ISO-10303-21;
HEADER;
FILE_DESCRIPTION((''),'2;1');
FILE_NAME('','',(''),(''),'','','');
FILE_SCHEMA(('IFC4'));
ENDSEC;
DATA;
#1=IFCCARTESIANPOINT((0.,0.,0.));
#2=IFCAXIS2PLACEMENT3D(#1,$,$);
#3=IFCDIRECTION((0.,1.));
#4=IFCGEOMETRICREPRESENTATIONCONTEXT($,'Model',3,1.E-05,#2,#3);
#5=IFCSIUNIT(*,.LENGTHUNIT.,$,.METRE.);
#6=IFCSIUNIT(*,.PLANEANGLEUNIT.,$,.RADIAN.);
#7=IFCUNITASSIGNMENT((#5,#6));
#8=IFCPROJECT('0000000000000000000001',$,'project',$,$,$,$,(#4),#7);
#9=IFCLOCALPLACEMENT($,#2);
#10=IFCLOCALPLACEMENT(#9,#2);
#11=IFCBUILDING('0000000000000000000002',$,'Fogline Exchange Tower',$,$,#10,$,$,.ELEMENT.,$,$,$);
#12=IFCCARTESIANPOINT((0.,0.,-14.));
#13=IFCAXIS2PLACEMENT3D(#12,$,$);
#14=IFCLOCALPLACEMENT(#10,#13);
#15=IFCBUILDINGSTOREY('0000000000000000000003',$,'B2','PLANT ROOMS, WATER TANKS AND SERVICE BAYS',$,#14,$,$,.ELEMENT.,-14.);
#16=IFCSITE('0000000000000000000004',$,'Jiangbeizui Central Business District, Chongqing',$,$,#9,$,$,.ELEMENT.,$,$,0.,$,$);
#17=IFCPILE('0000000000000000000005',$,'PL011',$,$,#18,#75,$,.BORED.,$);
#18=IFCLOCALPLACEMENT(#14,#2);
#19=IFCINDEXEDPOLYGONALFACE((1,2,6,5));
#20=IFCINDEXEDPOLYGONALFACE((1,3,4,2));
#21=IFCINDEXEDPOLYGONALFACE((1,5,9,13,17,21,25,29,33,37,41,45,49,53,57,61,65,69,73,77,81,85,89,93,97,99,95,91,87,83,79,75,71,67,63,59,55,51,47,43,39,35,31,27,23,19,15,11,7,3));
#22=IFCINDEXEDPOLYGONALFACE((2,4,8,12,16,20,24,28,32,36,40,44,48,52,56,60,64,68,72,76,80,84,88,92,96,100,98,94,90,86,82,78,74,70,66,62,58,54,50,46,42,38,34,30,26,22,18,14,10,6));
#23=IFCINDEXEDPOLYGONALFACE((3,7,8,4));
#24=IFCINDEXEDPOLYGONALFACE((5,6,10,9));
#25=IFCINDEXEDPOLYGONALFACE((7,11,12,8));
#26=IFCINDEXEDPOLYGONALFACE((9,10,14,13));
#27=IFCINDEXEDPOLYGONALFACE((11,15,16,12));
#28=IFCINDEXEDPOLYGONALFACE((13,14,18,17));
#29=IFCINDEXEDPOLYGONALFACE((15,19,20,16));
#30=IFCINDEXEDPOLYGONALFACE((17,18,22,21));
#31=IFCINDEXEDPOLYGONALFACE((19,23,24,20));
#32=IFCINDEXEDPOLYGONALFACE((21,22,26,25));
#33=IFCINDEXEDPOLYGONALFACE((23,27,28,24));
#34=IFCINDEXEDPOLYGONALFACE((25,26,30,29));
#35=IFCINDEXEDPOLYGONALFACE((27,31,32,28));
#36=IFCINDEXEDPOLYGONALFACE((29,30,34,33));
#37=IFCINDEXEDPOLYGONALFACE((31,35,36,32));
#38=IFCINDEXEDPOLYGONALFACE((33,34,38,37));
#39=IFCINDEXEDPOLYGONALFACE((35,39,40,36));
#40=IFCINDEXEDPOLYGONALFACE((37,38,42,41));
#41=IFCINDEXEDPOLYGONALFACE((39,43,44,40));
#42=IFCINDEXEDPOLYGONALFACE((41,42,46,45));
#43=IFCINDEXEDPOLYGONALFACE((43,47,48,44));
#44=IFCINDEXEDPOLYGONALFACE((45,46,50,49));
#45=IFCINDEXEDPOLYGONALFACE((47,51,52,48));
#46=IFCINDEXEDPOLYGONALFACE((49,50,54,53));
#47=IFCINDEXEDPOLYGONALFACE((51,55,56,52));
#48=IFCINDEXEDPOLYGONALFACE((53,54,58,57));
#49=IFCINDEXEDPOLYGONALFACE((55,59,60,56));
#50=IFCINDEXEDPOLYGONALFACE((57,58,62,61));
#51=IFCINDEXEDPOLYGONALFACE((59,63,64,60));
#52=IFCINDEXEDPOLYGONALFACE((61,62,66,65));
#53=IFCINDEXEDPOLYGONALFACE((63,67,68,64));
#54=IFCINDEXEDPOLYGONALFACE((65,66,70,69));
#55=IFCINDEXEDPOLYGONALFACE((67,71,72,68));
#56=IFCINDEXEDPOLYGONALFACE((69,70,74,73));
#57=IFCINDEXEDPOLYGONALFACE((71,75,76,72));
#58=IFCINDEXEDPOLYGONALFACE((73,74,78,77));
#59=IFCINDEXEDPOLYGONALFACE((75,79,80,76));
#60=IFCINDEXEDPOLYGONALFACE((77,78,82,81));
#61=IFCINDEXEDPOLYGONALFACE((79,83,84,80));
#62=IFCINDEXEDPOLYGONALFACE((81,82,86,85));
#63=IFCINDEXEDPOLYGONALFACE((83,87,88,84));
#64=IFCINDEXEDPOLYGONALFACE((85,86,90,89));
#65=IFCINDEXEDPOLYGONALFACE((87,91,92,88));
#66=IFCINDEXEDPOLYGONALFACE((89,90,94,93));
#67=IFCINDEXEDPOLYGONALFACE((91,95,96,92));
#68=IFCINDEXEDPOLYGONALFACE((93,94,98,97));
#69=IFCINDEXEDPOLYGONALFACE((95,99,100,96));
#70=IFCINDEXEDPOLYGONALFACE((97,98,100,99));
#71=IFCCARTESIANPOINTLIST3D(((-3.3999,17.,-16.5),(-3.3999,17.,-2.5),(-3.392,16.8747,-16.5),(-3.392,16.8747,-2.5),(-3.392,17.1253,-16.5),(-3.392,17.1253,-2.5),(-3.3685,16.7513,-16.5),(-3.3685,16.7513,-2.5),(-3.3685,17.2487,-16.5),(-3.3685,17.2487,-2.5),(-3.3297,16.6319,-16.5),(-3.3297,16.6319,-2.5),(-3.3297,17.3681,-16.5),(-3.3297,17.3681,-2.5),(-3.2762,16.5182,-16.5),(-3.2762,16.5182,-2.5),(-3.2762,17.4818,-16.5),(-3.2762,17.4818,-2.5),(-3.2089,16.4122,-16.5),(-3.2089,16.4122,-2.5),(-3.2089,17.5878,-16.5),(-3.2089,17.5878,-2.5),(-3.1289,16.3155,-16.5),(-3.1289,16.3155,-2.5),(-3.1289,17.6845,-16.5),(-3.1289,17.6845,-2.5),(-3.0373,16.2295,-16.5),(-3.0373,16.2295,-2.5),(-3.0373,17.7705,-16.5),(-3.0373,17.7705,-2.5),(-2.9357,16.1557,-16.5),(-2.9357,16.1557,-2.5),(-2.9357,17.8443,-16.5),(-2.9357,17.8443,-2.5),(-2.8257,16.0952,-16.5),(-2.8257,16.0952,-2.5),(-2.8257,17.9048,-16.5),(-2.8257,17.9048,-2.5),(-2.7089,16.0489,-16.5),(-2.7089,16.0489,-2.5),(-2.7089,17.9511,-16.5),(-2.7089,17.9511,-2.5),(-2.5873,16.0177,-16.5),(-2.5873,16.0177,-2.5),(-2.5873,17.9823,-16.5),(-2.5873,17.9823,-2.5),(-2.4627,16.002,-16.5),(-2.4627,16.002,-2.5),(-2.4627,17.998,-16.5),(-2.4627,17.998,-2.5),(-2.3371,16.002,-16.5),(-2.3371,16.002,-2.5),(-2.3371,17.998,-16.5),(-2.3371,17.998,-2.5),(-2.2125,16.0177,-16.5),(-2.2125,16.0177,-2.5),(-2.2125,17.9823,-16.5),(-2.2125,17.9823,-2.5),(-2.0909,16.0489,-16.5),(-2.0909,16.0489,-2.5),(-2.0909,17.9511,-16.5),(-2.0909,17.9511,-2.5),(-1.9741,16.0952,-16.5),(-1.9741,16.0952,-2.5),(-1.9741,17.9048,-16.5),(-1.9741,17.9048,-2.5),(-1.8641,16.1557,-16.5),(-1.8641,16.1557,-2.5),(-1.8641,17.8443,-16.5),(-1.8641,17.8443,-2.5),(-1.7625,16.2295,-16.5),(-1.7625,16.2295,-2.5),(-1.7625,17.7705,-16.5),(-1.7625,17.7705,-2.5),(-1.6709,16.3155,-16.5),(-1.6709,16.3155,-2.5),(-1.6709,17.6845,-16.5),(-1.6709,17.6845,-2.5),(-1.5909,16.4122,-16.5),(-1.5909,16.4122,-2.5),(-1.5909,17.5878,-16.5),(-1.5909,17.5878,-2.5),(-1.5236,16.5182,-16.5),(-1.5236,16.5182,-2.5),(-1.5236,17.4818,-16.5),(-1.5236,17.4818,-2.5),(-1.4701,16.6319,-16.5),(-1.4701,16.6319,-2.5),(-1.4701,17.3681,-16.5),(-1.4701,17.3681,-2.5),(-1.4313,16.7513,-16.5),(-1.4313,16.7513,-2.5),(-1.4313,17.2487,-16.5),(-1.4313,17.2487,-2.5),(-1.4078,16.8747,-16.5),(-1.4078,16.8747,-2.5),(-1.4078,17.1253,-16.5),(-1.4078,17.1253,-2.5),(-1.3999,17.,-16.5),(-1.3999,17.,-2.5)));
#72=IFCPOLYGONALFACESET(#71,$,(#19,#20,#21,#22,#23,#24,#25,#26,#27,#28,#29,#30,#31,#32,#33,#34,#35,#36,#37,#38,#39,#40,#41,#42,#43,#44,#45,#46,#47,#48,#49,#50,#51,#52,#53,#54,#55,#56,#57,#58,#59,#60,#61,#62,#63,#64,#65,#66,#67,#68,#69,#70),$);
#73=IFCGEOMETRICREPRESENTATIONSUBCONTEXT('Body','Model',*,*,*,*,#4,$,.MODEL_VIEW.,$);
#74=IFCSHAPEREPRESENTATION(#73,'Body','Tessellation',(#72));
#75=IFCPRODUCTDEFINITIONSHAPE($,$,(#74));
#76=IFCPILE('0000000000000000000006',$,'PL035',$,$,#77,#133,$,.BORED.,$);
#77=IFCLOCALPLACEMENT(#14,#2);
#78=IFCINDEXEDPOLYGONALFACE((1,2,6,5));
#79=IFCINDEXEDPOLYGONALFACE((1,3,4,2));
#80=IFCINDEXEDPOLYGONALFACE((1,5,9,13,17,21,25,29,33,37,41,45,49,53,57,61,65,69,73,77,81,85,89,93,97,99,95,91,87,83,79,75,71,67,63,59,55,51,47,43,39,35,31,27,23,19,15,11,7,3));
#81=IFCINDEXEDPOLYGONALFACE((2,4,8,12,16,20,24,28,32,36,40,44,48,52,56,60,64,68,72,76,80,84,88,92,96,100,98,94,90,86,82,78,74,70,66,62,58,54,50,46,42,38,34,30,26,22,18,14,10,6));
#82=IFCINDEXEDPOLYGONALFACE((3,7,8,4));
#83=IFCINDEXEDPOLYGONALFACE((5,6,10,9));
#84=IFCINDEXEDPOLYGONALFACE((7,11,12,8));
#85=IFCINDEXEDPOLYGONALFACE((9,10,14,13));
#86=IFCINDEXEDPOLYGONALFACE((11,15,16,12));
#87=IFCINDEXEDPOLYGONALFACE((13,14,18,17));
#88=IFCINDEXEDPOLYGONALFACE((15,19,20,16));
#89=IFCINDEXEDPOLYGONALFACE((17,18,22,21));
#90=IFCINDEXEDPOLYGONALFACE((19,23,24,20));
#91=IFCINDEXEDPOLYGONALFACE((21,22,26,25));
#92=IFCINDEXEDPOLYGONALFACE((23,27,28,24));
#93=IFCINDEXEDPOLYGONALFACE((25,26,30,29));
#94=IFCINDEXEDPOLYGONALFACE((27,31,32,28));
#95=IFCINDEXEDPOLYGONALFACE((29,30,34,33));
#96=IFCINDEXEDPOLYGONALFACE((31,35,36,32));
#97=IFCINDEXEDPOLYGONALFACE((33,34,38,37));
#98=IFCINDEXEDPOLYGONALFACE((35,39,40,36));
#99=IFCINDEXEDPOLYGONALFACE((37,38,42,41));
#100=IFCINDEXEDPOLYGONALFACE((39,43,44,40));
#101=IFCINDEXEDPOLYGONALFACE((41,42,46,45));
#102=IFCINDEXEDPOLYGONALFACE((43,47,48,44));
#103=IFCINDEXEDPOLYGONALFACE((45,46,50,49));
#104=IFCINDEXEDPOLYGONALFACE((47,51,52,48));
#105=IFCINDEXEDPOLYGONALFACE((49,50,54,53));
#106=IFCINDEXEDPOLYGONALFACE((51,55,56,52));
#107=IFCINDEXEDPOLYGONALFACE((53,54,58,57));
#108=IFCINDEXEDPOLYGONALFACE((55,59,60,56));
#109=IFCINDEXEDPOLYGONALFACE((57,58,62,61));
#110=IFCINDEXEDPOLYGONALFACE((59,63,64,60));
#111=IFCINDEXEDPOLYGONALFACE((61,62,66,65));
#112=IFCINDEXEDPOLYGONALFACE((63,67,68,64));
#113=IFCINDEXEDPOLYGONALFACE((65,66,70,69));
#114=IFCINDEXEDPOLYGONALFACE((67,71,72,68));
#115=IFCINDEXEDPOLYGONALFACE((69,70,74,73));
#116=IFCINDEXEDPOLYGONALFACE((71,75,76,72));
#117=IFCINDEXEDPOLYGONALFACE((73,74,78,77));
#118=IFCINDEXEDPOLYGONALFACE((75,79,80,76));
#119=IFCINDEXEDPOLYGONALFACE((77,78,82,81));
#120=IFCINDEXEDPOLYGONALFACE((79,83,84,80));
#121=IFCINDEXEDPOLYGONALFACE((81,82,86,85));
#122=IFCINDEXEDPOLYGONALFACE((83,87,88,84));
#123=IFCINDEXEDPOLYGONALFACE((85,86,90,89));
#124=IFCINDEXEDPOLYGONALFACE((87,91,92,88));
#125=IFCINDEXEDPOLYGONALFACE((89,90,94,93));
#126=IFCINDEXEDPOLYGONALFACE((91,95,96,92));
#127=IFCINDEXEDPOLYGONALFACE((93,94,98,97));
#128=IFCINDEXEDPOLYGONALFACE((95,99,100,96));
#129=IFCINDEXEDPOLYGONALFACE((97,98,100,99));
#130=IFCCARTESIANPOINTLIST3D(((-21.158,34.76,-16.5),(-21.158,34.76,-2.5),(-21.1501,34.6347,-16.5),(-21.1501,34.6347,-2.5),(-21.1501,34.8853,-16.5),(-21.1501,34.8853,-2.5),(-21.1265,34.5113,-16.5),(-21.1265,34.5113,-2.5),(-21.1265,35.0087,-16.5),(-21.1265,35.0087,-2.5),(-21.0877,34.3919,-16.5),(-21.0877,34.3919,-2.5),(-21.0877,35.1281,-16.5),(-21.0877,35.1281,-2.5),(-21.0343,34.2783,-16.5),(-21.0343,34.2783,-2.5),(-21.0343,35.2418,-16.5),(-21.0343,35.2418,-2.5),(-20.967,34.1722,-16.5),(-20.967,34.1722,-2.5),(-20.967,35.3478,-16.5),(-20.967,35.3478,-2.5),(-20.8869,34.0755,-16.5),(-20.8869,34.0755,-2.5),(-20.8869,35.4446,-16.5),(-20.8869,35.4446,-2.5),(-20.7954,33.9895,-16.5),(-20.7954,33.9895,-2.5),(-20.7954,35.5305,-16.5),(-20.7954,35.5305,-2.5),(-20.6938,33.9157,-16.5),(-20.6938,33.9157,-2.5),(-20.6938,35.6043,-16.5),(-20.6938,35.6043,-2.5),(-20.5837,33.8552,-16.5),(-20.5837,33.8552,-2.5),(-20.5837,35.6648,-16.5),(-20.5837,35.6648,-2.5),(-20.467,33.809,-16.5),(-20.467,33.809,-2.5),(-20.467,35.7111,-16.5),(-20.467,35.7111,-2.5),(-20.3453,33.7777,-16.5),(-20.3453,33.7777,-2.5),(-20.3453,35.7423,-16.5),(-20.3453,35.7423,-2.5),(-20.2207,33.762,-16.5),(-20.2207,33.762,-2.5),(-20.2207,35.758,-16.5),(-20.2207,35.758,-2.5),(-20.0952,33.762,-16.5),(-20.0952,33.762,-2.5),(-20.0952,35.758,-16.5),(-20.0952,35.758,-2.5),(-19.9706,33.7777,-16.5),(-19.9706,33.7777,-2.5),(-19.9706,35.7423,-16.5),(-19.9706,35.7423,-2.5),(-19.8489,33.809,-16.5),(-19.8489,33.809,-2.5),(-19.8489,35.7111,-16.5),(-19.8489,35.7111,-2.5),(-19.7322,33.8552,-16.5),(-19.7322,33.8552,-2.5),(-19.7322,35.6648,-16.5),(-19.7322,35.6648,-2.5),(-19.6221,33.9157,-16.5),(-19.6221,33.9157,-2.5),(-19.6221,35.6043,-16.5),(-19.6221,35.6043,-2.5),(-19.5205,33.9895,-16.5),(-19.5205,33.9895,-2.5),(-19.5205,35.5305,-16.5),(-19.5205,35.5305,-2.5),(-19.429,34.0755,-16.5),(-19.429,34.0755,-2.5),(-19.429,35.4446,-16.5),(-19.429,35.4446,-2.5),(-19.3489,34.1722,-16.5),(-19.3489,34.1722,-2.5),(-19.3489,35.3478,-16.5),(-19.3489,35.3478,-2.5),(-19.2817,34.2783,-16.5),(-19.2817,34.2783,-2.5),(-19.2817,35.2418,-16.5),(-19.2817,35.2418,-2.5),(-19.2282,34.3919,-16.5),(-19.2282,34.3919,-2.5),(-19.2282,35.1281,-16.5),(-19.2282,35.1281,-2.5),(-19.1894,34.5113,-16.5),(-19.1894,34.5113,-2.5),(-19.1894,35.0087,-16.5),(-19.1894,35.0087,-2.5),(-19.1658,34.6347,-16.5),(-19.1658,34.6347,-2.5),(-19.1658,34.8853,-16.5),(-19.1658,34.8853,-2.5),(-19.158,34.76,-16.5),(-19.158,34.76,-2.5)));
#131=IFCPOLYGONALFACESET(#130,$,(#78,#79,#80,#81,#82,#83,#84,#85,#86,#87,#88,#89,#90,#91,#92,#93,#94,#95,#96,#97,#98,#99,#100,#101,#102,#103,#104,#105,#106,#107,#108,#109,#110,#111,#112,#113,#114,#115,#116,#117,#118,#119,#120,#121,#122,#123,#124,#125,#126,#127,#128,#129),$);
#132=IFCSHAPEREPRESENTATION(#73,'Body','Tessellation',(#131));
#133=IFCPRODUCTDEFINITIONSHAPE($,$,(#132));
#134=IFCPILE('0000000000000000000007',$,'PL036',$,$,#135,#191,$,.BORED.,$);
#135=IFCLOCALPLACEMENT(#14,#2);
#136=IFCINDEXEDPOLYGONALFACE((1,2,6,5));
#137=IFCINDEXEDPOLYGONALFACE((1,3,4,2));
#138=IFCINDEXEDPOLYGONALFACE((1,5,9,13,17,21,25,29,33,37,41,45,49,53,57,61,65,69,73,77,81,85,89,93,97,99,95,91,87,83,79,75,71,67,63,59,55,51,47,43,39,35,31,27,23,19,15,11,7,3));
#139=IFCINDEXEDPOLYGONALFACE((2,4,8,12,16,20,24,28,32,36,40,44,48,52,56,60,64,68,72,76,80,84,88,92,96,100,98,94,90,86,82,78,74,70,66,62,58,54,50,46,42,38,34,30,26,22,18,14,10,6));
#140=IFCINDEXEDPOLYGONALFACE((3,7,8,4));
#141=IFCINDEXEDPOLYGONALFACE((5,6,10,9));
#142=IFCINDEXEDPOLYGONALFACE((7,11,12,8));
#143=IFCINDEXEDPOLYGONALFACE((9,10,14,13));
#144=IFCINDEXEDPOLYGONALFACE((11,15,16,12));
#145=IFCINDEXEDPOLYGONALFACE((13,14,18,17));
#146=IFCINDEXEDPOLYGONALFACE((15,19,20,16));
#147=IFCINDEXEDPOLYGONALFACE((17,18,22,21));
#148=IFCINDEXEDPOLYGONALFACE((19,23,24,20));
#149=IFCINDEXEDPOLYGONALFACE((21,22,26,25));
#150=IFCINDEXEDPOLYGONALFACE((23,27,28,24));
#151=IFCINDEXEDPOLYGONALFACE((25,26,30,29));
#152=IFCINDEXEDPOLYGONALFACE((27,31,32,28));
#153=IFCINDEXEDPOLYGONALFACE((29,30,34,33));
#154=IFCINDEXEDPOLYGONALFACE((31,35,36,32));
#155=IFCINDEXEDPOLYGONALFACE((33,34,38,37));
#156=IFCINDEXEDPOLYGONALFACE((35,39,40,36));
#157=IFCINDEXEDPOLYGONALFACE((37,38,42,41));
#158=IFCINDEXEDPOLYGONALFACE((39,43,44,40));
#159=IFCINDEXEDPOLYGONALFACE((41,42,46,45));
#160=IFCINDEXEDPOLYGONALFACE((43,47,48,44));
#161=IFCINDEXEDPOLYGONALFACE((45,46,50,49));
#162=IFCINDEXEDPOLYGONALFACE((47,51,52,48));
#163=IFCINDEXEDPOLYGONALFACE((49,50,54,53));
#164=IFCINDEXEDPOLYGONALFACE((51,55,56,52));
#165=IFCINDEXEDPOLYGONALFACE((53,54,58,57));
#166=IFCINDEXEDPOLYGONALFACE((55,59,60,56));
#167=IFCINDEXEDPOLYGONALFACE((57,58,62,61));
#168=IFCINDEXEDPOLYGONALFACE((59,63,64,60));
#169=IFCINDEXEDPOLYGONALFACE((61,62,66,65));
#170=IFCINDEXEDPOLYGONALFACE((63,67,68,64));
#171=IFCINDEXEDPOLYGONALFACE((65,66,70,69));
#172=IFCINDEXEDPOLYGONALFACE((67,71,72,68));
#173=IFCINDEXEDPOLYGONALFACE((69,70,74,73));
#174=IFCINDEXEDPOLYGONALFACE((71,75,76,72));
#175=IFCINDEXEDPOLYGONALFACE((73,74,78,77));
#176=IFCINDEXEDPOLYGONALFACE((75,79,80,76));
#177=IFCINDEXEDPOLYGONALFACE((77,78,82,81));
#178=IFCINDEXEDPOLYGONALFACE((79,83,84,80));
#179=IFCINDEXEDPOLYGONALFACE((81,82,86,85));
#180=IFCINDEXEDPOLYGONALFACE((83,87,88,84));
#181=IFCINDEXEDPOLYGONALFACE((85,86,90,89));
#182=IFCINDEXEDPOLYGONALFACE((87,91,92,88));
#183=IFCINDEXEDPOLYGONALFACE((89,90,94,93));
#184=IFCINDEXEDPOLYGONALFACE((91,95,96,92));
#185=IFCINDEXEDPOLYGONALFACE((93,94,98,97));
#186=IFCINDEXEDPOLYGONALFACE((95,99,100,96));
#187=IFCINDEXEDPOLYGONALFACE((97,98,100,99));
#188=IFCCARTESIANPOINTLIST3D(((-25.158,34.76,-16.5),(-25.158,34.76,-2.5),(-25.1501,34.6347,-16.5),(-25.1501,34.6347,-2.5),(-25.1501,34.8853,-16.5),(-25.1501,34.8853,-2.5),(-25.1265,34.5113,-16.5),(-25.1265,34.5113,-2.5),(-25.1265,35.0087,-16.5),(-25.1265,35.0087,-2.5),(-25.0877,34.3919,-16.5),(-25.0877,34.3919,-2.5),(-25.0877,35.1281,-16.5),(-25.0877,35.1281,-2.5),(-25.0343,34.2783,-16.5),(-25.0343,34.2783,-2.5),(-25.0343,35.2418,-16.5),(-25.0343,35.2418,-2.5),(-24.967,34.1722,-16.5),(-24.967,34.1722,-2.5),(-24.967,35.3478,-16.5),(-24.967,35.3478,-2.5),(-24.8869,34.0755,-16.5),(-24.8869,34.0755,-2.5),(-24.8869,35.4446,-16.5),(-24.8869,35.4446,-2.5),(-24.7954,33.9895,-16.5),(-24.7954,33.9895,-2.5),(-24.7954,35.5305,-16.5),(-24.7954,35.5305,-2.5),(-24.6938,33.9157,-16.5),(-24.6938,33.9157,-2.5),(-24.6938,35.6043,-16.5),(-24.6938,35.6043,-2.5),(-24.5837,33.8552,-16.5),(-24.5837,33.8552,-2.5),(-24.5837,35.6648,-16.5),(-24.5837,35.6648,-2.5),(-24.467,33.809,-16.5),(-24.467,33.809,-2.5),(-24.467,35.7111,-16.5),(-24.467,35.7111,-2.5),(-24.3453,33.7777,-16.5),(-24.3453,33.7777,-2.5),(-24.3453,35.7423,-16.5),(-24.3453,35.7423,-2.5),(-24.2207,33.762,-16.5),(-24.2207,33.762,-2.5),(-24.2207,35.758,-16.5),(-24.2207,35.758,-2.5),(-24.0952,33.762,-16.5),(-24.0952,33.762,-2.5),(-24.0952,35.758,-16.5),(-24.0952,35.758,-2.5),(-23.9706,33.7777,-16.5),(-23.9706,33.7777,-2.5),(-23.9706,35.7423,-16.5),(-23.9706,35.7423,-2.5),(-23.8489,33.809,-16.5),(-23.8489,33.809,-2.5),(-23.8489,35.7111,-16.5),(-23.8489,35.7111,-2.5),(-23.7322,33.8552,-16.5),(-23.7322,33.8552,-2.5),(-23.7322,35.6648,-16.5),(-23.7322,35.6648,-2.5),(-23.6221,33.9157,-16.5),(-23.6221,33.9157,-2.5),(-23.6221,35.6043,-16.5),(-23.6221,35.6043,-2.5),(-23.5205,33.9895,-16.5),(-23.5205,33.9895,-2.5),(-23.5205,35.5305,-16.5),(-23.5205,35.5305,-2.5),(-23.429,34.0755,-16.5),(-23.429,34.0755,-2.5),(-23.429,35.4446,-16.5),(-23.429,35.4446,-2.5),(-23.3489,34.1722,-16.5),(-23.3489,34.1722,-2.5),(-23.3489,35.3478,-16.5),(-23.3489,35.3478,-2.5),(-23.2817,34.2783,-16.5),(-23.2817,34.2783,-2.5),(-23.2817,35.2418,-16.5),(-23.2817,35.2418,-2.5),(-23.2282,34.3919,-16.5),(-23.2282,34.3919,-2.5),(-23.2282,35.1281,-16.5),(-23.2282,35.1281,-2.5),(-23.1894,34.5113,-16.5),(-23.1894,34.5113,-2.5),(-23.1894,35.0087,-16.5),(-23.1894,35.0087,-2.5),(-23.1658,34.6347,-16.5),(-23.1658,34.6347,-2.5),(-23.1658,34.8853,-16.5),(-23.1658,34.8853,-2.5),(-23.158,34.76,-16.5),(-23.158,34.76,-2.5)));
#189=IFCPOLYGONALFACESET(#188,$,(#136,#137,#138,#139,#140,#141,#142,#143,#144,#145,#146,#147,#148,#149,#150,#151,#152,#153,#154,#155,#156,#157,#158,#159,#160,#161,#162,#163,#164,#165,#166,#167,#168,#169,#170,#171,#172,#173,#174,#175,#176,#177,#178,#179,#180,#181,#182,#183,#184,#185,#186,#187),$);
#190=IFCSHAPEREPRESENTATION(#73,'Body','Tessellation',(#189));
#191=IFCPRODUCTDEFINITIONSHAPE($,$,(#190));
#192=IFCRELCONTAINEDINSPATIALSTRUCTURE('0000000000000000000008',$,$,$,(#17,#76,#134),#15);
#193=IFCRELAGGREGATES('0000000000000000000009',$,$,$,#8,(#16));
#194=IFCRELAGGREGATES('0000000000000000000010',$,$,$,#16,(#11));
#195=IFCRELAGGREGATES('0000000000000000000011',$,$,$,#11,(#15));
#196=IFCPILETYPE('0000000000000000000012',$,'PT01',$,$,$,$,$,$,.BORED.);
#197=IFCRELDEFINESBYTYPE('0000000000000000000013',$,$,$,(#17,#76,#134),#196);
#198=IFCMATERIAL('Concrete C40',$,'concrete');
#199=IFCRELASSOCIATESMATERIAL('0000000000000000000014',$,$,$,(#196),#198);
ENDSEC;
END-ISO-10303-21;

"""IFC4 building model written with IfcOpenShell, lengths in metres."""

from ifc_helpers import new_model, si_unit, direction, frame, origin, origin_2d, place, context, subcontext, project, spatial, circle, extrude, material, material_profile, profile_set, type_object, element, save


model = new_model("IFC4")

# Units and contexts
model_context = context("Model", 3, precision=1e-05, world=origin(), true_north=direction((0.0, 1.0)))
body_context = subcontext(model_context, "Body", "Model", "MODEL_VIEW")
ifc_project = project(units=[si_unit("LENGTHUNIT", "METRE"), si_unit("PLANEANGLEUNIT", "RADIAN")], contexts=[model_context])

# Site, building, storey
site_placement = place(None, origin())
site = spatial("IfcSite", under=ifc_project, at=site_placement, Name="Jiangbeizui Central Business District, Chongqing", CompositionType="ELEMENT", RefElevation=0.0)
building_placement = place(site_placement, origin())
building = spatial("IfcBuilding", under=site, at=building_placement, Name="Fogline Exchange Tower", CompositionType="ELEMENT")
storey_placement = place(building_placement, frame((0.0, 0.0, -14.0)))
storey = spatial("IfcBuildingStorey", under=building, at=storey_placement, Name="B2", Description="PLANT ROOMS, WATER TANKS AND SERVICE BAYS", CompositionType="ELEMENT", Elevation=-14.0)

# Piles
ifc_material_1 = material(Name="Concrete C40", Category="concrete")
ifc_material_profile_1 = material_profile(ifc_material_1, circle(Radius=1.0, at=origin_2d()), Name="RC D2000")
ifc_profile_set_1 = profile_set([ifc_material_profile_1], Name="Concrete C40")
pile_type = type_object("IfcPileType", Name="PT01", PredefinedType="BORED", material=ifc_profile_set_1)
for number, where, z_axis, x_axis, name in (
    (1, (-2.3999, 17.0, -2.5), (0.0, 0.0, -1.0), (1.0, 0.0, 0.0), "PL011"),
    (2, (-20.158, 34.76, -2.5), (0.0, 0.0, -1.0), (1.0, 0.0, 0.0), "PL035"),
    (3, (-24.158, 34.76, -2.5), (0.0, 0.0, -1.0), (1.0, 0.0, 0.0), "PL036"),
):
    element("IfcPile", number, at=place(storey_placement, frame(where, z_axis=z_axis, x_axis=x_axis)), inside=storey, type_object=pile_type, Name=name, PredefinedType="BORED", context=body_context, shape_type="SweptSolid", body=[
        extrude(circle(Radius=1.0, at=origin_2d()), origin(), (0.0, 0.0, 1.0), 14.0),
    ])

save(model, "model.ifc")
